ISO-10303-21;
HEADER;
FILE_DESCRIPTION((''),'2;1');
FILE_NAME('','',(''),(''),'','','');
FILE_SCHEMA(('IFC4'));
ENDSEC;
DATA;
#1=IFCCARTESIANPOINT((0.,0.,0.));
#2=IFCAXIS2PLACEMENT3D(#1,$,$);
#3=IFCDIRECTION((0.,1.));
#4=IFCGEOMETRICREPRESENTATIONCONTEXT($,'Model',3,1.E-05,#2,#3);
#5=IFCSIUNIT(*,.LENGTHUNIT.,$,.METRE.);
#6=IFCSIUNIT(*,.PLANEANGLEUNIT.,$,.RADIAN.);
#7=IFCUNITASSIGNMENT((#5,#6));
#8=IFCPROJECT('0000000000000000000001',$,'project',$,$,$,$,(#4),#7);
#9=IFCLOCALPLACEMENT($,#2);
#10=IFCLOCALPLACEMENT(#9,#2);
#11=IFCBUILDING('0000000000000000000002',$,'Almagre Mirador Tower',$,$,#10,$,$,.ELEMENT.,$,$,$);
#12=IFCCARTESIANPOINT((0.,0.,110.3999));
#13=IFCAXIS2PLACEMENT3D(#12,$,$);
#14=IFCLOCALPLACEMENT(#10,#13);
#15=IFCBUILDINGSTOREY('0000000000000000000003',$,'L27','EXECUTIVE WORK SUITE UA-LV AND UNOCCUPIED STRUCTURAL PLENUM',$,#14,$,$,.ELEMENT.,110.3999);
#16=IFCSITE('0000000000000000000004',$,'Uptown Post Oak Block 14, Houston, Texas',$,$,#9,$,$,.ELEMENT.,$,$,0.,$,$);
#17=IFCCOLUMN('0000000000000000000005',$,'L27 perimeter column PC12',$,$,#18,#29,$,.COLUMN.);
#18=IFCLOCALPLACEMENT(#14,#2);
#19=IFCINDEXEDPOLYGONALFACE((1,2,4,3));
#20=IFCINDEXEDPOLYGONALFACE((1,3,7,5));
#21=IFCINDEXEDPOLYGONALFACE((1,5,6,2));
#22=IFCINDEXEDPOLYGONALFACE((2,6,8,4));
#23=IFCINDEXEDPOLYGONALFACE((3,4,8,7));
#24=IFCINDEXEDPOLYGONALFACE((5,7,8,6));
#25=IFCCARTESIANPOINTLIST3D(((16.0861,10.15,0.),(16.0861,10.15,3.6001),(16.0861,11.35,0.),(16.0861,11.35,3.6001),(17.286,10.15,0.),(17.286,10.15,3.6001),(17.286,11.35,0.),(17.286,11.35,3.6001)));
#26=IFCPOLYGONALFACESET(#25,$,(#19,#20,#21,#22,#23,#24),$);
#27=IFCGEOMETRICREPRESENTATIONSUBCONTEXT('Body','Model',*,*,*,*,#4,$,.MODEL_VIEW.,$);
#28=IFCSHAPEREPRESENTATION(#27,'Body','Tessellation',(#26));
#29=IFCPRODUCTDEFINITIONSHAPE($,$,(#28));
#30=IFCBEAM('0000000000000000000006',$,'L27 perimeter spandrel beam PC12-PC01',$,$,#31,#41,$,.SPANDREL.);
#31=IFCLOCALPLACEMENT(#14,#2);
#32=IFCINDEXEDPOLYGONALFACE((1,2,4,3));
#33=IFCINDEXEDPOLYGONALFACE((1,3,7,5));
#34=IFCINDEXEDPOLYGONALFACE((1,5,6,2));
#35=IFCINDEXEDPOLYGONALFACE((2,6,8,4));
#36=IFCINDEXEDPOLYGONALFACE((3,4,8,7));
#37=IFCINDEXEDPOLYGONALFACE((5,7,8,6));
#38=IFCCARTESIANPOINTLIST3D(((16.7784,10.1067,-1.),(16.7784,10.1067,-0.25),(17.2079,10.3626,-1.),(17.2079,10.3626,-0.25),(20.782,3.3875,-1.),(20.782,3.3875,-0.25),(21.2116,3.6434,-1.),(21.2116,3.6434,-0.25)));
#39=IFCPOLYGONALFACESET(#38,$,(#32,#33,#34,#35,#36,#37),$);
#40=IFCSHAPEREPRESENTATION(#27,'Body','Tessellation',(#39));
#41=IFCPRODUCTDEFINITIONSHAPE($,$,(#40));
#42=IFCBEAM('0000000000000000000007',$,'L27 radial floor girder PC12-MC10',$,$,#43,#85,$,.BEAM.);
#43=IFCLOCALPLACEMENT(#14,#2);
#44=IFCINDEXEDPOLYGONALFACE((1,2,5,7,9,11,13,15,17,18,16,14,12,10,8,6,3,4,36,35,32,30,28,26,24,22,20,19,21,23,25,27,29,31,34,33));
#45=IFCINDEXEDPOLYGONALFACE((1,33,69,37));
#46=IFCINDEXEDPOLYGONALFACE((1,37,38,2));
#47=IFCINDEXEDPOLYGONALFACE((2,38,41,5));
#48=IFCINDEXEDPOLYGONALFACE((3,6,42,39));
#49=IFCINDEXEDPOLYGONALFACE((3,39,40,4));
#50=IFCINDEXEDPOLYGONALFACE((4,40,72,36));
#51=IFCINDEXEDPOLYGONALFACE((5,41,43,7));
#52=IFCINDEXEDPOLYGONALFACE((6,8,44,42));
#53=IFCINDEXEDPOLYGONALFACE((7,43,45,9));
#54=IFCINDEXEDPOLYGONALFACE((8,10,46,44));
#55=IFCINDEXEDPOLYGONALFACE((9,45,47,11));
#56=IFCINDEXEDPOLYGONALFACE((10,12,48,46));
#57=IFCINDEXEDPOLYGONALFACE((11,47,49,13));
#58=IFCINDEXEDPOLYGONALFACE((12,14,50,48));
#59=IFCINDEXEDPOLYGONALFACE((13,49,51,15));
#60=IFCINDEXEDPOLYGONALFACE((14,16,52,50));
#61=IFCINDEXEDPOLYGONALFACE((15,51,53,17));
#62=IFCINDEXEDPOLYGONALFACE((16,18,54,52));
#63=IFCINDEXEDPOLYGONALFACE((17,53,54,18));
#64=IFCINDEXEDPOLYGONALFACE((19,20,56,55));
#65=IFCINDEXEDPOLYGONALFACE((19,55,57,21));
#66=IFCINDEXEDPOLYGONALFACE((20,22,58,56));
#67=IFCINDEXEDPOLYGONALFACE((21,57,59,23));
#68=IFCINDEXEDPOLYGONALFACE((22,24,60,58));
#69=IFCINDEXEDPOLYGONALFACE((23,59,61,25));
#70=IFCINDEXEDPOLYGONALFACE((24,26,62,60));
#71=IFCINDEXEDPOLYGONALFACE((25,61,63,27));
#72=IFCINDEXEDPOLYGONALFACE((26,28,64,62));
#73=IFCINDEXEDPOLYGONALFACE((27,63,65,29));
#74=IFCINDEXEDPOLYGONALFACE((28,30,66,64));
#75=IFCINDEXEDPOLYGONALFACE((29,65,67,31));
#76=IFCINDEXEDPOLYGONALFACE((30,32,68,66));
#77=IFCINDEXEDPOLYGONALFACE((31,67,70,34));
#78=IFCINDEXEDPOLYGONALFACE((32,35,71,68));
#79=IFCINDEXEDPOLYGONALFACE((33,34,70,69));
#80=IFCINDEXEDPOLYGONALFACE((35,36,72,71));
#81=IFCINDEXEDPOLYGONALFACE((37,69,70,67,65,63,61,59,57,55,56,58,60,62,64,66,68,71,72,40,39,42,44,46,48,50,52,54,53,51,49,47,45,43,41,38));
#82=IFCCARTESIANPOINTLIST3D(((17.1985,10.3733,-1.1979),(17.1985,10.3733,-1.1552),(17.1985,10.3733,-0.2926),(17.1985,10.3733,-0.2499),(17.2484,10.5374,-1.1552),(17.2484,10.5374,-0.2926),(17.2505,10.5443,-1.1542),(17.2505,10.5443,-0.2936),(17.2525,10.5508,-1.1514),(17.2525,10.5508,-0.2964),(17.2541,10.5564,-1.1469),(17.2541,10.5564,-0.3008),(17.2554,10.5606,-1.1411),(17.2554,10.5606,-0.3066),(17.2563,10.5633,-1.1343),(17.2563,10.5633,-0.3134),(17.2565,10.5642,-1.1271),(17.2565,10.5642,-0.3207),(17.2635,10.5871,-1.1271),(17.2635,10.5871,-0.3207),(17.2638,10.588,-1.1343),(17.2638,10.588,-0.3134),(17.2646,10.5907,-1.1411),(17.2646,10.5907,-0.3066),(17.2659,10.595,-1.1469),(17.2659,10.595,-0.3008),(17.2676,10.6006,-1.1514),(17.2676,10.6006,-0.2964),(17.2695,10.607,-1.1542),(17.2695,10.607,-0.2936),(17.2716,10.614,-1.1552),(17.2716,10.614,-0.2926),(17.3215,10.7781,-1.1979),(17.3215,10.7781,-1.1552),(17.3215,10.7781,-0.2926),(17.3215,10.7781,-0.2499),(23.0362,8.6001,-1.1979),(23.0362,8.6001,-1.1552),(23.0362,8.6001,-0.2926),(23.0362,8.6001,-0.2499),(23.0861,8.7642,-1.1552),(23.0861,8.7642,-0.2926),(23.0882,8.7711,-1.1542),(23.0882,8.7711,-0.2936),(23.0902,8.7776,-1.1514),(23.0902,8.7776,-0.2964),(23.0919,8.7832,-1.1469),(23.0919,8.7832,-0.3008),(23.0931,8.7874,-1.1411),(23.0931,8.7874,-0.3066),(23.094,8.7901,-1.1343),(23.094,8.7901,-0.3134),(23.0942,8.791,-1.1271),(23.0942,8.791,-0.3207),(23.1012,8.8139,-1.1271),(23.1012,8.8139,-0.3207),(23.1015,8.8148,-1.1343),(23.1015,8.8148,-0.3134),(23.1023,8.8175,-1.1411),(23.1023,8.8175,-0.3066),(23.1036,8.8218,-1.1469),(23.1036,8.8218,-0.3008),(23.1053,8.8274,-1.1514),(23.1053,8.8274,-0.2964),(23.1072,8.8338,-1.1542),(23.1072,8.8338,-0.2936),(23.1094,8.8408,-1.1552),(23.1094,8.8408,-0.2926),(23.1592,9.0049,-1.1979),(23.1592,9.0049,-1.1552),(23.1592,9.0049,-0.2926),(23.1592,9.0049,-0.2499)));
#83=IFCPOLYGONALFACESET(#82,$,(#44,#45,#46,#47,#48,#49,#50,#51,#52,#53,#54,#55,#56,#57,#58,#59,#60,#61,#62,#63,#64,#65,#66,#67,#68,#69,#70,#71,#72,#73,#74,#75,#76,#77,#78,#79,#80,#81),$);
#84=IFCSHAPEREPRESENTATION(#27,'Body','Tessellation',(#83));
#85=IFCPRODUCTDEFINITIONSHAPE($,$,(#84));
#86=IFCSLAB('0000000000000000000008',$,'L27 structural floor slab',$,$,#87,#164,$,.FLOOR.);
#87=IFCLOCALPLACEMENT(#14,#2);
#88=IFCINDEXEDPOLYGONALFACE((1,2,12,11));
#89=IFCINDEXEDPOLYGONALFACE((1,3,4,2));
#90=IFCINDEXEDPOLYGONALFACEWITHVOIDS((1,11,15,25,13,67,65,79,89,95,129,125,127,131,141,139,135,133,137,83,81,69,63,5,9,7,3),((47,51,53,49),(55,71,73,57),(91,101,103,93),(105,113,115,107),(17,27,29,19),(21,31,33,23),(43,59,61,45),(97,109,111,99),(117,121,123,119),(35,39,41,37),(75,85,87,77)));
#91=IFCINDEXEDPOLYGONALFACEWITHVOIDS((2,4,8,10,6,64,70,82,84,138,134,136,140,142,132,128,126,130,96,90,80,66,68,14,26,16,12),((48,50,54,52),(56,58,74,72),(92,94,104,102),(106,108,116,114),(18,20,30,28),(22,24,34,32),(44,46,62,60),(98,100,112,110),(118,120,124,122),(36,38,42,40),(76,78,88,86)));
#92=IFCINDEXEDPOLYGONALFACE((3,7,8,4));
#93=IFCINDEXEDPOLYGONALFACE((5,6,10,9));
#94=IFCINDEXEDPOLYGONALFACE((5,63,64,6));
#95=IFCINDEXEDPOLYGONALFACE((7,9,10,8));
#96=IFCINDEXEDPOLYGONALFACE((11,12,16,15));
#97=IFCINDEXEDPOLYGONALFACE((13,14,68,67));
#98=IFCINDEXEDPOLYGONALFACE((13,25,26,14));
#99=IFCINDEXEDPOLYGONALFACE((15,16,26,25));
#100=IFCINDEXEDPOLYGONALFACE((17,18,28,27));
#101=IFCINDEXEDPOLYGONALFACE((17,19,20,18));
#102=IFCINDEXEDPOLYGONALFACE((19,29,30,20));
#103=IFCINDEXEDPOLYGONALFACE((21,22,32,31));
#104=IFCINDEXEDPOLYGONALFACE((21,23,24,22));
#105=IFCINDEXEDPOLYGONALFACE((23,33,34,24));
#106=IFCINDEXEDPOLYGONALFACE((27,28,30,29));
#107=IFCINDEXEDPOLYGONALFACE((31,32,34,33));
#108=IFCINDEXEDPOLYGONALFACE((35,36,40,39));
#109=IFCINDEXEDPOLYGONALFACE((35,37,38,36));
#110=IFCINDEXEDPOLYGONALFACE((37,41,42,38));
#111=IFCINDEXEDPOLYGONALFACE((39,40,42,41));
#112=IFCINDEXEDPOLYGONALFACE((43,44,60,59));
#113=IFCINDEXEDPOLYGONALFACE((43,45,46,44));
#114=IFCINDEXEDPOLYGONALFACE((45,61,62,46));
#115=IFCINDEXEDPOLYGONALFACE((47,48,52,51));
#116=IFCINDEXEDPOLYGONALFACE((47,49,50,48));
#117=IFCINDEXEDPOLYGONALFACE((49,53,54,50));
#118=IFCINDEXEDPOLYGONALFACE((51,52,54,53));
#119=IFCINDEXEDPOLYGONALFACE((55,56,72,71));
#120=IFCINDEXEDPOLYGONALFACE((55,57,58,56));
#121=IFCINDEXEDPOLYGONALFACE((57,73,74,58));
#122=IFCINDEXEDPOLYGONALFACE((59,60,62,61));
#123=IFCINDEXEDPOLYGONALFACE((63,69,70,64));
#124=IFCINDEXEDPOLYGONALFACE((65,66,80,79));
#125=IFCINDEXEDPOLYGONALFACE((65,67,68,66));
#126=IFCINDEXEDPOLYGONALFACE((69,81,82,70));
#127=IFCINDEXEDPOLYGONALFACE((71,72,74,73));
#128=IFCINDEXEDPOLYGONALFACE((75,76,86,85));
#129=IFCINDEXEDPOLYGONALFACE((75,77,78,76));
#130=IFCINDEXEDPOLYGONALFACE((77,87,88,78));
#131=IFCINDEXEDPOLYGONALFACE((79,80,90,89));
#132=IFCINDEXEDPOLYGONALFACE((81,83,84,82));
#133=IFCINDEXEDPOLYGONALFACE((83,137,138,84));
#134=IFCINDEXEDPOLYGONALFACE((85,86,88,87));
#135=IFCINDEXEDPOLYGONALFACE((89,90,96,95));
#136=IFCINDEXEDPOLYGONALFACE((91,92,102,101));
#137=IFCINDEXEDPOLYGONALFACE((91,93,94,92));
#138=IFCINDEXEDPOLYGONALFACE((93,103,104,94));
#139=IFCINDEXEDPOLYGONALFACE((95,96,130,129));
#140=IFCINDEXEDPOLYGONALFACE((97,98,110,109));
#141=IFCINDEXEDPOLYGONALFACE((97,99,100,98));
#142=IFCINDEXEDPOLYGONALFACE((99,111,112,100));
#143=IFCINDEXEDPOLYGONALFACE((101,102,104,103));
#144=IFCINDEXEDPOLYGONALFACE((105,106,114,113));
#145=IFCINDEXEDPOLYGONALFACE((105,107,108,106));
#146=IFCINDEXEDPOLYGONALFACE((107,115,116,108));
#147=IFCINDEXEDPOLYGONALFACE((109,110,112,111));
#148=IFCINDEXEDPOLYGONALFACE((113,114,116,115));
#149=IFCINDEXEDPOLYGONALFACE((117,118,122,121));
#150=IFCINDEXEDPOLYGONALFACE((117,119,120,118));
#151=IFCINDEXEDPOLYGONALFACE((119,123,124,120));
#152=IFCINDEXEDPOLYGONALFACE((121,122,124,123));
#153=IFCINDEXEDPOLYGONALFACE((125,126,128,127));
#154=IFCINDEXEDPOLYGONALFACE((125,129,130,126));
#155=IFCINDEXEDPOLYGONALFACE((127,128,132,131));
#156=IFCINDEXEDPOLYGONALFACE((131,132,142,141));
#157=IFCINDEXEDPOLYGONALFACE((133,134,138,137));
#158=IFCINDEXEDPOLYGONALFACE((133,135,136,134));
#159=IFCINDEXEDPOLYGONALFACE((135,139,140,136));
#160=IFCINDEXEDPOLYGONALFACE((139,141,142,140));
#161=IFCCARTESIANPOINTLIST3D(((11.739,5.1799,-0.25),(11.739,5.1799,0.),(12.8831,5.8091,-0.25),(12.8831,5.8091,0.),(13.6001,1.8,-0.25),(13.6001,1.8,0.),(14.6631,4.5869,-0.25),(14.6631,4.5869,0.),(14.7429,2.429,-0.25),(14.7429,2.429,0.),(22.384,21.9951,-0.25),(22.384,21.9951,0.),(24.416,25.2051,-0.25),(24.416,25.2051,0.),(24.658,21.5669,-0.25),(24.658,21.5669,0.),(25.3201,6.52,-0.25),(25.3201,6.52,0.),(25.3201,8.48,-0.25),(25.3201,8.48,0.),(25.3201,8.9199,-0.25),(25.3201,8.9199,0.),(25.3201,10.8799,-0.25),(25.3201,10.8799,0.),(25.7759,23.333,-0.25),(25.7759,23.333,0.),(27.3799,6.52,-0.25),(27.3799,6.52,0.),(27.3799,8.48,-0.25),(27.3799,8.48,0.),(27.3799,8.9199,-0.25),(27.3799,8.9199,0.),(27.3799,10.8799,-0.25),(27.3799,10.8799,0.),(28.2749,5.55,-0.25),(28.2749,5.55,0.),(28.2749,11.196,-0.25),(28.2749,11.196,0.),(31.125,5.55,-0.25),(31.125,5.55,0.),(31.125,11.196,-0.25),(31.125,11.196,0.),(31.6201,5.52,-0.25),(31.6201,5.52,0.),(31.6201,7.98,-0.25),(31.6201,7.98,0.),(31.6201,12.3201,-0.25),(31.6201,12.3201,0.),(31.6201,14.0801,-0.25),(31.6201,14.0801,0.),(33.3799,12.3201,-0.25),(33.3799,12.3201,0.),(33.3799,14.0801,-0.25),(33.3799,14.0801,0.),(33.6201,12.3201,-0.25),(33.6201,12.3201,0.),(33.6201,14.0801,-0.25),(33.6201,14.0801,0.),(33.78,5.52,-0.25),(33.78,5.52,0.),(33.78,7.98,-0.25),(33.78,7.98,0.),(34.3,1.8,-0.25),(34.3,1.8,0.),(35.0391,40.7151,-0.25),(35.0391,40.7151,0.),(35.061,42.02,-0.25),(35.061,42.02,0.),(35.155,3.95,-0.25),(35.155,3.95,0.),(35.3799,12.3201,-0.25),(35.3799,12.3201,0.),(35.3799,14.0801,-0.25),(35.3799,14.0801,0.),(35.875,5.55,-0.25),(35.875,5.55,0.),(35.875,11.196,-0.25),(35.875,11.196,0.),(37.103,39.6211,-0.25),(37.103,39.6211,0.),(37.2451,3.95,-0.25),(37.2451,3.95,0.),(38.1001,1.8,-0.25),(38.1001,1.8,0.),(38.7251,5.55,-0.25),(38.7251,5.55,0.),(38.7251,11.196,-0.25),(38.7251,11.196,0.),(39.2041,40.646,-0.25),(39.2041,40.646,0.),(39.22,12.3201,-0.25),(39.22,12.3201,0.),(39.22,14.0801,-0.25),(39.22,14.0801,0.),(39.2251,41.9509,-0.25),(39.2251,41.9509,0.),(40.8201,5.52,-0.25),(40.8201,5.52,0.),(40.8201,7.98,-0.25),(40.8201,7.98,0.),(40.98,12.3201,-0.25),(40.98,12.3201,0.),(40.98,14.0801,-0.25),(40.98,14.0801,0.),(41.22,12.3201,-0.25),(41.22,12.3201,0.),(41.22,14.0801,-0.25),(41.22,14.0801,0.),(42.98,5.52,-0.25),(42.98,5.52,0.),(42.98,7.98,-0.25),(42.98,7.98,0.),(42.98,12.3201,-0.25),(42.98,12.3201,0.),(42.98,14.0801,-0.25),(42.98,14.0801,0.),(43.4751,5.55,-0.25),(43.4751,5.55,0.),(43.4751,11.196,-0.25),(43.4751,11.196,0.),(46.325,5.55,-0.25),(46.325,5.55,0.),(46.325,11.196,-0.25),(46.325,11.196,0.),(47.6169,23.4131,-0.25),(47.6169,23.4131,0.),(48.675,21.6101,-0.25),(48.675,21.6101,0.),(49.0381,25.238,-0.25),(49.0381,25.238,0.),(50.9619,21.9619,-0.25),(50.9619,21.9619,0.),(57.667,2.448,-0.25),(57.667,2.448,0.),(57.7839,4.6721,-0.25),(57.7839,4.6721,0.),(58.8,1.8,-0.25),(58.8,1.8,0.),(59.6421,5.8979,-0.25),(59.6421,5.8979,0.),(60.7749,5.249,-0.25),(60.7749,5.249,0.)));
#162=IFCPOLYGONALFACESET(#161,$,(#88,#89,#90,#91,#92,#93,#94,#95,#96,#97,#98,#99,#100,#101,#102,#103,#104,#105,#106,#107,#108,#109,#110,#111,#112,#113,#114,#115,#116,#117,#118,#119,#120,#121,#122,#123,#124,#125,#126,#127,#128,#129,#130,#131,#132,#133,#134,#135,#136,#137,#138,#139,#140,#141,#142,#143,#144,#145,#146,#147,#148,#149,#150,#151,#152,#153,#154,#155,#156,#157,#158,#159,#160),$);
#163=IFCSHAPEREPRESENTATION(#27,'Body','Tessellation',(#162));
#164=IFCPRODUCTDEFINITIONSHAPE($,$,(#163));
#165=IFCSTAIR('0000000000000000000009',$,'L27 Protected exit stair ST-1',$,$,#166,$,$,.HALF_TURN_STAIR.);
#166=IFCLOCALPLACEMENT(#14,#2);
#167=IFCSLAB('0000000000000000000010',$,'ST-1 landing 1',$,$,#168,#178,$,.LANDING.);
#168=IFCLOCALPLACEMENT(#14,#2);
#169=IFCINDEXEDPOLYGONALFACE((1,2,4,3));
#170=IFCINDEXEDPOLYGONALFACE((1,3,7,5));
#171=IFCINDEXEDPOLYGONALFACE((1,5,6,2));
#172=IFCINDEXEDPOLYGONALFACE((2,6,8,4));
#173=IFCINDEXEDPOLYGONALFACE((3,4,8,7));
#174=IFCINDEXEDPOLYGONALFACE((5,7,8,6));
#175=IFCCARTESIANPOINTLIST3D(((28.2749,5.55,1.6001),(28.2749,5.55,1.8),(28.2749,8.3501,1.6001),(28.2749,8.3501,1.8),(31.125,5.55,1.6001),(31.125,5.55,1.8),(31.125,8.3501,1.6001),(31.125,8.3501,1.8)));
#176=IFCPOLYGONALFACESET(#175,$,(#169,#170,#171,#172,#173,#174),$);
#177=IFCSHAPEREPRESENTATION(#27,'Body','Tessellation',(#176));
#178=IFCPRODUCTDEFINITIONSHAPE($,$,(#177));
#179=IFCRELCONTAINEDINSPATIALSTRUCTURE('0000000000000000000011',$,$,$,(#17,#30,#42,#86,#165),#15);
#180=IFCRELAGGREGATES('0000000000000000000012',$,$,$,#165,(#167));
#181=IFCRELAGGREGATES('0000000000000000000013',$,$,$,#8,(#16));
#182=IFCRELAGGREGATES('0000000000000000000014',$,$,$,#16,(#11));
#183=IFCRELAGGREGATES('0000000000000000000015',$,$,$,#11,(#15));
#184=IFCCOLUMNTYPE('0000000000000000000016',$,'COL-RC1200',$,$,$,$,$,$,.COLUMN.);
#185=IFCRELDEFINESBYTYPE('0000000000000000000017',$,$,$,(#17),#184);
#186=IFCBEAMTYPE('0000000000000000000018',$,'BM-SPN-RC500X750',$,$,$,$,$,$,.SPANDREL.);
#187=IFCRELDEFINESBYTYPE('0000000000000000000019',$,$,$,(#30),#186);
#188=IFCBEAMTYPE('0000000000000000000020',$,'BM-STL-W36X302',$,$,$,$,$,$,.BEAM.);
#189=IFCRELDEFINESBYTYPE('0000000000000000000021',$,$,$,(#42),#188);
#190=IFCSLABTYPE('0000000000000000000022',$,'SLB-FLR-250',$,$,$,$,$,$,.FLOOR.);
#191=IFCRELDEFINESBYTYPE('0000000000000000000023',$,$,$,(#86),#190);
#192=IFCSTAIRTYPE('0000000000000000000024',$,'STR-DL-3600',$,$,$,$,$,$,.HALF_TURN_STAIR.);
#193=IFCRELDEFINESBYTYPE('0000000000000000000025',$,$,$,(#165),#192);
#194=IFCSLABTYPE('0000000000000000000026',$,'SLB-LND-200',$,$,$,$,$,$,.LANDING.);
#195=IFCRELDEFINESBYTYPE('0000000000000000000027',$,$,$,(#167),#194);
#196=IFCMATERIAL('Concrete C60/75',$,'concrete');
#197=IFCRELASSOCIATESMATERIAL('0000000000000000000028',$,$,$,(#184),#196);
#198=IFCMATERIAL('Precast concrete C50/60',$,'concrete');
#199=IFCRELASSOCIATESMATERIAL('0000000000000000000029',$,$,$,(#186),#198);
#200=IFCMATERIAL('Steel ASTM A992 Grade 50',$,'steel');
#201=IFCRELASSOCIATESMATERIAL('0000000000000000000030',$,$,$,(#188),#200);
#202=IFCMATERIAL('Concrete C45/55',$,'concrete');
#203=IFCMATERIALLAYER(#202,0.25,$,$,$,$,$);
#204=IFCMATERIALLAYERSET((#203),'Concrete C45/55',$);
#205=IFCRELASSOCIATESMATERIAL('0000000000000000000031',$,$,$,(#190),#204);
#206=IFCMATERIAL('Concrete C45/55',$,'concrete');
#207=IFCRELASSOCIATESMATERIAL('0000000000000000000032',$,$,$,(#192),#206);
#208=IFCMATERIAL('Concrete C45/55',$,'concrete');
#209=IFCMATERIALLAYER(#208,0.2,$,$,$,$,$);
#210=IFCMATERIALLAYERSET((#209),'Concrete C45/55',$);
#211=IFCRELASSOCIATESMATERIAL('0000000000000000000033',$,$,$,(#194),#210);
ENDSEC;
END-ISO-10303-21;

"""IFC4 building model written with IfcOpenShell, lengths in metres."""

from ifc_helpers import new_model, si_unit, direction, frame, origin, origin_2d, place, context, subcontext, project, spatial, polyline, rectangle, i_section, outline, extrude, material, layer, layer_set, material_profile, profile_set, type_object, element, aggregate, save


model = new_model("IFC4")

# Units and contexts
model_context = context("Model", 3, precision=1e-05, world=origin(), true_north=direction((0.0, 1.0)))
body_context = subcontext(model_context, "Body", "Model", "MODEL_VIEW")
ifc_project = project(units=[si_unit("LENGTHUNIT", "METRE"), si_unit("PLANEANGLEUNIT", "RADIAN")], contexts=[model_context])

# Site, building, storey
site_placement = place(None, origin())
site = spatial("IfcSite", under=ifc_project, at=site_placement, Name="Uptown Post Oak Block 14, Houston, Texas", CompositionType="ELEMENT", RefElevation=0.0)
building_placement = place(site_placement, origin())
building = spatial("IfcBuilding", under=site, at=building_placement, Name="Almagre Mirador Tower", CompositionType="ELEMENT")
storey_placement = place(building_placement, frame((0.0, 0.0, 110.3999)))
storey = spatial("IfcBuildingStorey", under=building, at=storey_placement, Name="L27", Description="EXECUTIVE WORK SUITE UA-LV AND UNOCCUPIED STRUCTURAL PLENUM", CompositionType="ELEMENT", Elevation=110.3999)

# Column
ifc_material_1 = material(Name="Concrete C60/75", Category="concrete")
ifc_material_profile_1 = material_profile(ifc_material_1, rectangle(XDim=1.2, YDim=1.2, at=origin_2d()), Name="RC1200X1200")
ifc_profile_set_1 = profile_set([ifc_material_profile_1], Name="Concrete C60/75")
column_type = type_object("IfcColumnType", Name="COL-RC1200", PredefinedType="COLUMN", material=ifc_profile_set_1)
column_placement = place(storey_placement, frame((16.686, 10.75, 0.0), z_axis=(0.0, 0.0, 1.0), x_axis=(1.0, 0.0, 0.0)))
element("IfcColumn", 1, at=column_placement, inside=storey, type_object=column_type, Name="L27 perimeter column PC12", PredefinedType="COLUMN", context=body_context, shape_type="SweptSolid", body=[
    extrude(rectangle(XDim=1.2, YDim=1.2, at=origin_2d()), origin(), (0.0, 0.0, 1.0), 3.6001),
])

# Beams
ifc_material_2 = material(Name="Precast concrete C50/60", Category="concrete")
ifc_material_profile_2 = material_profile(ifc_material_2, rectangle(XDim=0.5, YDim=0.75, at=origin_2d()), Name="RC500X750")
ifc_profile_set_2 = profile_set([ifc_material_profile_2], Name="Precast concrete C50/60")
beam_type_1 = type_object("IfcBeamType", Name="BM-SPN-RC500X750", PredefinedType="SPANDREL", material=ifc_profile_set_2)
beam_1_placement = place(storey_placement, frame((16.9932, 10.2346, -0.625), z_axis=(0.511872, -0.859062, 0.0), x_axis=(0.859062, 0.511872, 0.0)))
element("IfcBeam", 2, at=beam_1_placement, inside=storey, type_object=beam_type_1, Name="L27 perimeter spandrel beam PC12-PC01", PredefinedType="SPANDREL", context=body_context, shape_type="SweptSolid", body=[
    extrude(rectangle(XDim=0.5, YDim=0.75, at=origin_2d()), origin(), (0.0, 0.0, 1.0), 7.8215),
])
ifc_material_3 = material(Name="Steel ASTM A992 Grade 50", Category="steel")
ifc_material_profile_3 = material_profile(ifc_material_3, i_section(OverallWidth=0.4231, OverallDepth=0.948, WebThickness=0.0239, FlangeThickness=0.0427, FilletRadius=0.0281, at=origin_2d()), Name="W36X302")
ifc_profile_set_3 = profile_set([ifc_material_profile_3], Name="Steel ASTM A992 Grade 50")
beam_type_2 = type_object("IfcBeamType", Name="BM-STL-W36X302", PredefinedType="BEAM", material=ifc_profile_set_3)
beam_2_placement = place(storey_placement, frame((17.26, 10.5757, -0.7239), z_axis=(0.956833, -0.290639, 0.0), x_axis=(0.290639, 0.956833, 0.0)))
element("IfcBeam", 3, at=beam_2_placement, inside=storey, type_object=beam_type_2, Name="L27 radial floor girder PC12-MC10", PredefinedType="BEAM", context=body_context, shape_type="SweptSolid", body=[
    extrude(i_section(OverallWidth=0.4231, OverallDepth=0.948, WebThickness=0.0239, FlangeThickness=0.0427, FilletRadius=0.0281, at=origin_2d()), origin(), (0.0, 0.0, 1.0), 6.1011),
])

# Slab
ifc_material_4 = material(Name="Concrete C45/55", Category="concrete")
ifc_layer_1 = layer(ifc_material_4, 0.25)
ifc_layer_set_1 = layer_set([ifc_layer_1], Name="Concrete C45/55")
slab_type_1 = type_object("IfcSlabType", Name="SLB-FLR-250", PredefinedType="FLOOR", material=ifc_layer_set_1)
slab_1_placement = place(storey_placement, frame((0.0, 0.0, -0.25)))
element("IfcSlab", 4, at=slab_1_placement, inside=storey, type_object=slab_type_1, Name="L27 structural floor slab", PredefinedType="FLOOR", context=body_context, shape_type="SweptSolid", body=[
    extrude(outline(polyline([(11.739, 5.1799), (12.8831, 5.8091), (14.6631, 4.5869), (14.7429, 2.429), (13.6001, 1.8), (34.3, 1.8), (35.155, 3.95), (37.2451, 3.95), (38.1001, 1.8), (58.8, 1.8), (57.667, 2.448), (57.7839, 4.6721), (59.6421, 5.8979), (60.7749, 5.249), (50.9619, 21.9619), (48.675, 21.6101), (47.6169, 23.4131), (49.0381, 25.238), (39.2251, 41.9509), (39.2041, 40.646), (37.103, 39.6211), (35.0391, 40.7151), (35.061, 42.02), (24.416, 25.2051), (25.7759, 23.333), (24.658, 21.5669), (22.384, 21.9951), (11.739, 5.1799)]), holes=[polyline([(43.4751, 5.55), (43.4751, 11.196), (46.325, 11.196), (46.325, 5.55), (43.4751, 5.55)]), polyline([(40.8201, 5.52), (40.8201, 7.98), (42.98, 7.98), (42.98, 5.52), (40.8201, 5.52)]), polyline([(41.22, 12.3201), (41.22, 14.0801), (42.98, 14.0801), (42.98, 12.3201), (41.22, 12.3201)]), polyline([(39.22, 12.3201), (39.22, 14.0801), (40.98, 14.0801), (40.98, 12.3201), (39.22, 12.3201)]), polyline([(35.875, 11.196), (38.7251, 11.196), (38.7251, 5.55), (35.875, 5.55), (35.875, 11.196)]), polyline([(35.3799, 12.3201), (33.6201, 12.3201), (33.6201, 14.0801), (35.3799, 14.0801), (35.3799, 12.3201)]), polyline([(33.78, 5.52), (31.6201, 5.52), (31.6201, 7.98), (33.78, 7.98), (33.78, 5.52)]), polyline([(31.6201, 12.3201), (31.6201, 14.0801), (33.3799, 14.0801), (33.3799, 12.3201), (31.6201, 12.3201)]), polyline([(28.2749, 5.55), (28.2749, 11.196), (31.125, 11.196), (31.125, 5.55), (28.2749, 5.55)]), polyline([(25.3201, 8.9199), (25.3201, 10.8799), (27.3799, 10.8799), (27.3799, 8.9199), (25.3201, 8.9199)]), polyline([(27.3799, 6.52), (25.3201, 6.52), (25.3201, 8.48), (27.3799, 8.48), (27.3799, 6.52)])]), origin(), (0.0, 0.0, 1.0), 0.25),
])

# Stair, slab
ifc_material_5 = material(Name="Concrete C45/55", Category="concrete")
stair_type = type_object("IfcStairType", Name="STR-DL-3600", PredefinedType="HALF_TURN_STAIR", material=ifc_material_5)
stair_1_placement = place(storey_placement, origin())
stair_1 = element("IfcStair", 5, at=stair_1_placement, inside=storey, type_object=stair_type, Name="L27 Protected exit stair ST-1", PredefinedType="HALF_TURN_STAIR")
ifc_material_6 = material(Name="Concrete C45/55", Category="concrete")
ifc_layer_2 = layer(ifc_material_6, 0.2)
ifc_layer_set_2 = layer_set([ifc_layer_2], Name="Concrete C45/55")
slab_type_2 = type_object("IfcSlabType", Name="SLB-LND-200", PredefinedType="LANDING", material=ifc_layer_set_2)
slab_2_placement = place(storey_placement, frame((0.0, 0.0, 1.6001)))
slab_2 = element("IfcSlab", 6, at=slab_2_placement, type_object=slab_type_2, Name="ST-1 landing 1", PredefinedType="LANDING", context=body_context, shape_type="SweptSolid", body=[
    extrude(outline(polyline([(28.2749, 8.3501), (28.2749, 5.55), (31.125, 5.55), (31.125, 8.3501), (28.2749, 8.3501)])), origin(), (0.0, 0.0, 1.0), 0.2),
])
aggregate(stair_1, [slab_2])

save(model, "model.ifc")
